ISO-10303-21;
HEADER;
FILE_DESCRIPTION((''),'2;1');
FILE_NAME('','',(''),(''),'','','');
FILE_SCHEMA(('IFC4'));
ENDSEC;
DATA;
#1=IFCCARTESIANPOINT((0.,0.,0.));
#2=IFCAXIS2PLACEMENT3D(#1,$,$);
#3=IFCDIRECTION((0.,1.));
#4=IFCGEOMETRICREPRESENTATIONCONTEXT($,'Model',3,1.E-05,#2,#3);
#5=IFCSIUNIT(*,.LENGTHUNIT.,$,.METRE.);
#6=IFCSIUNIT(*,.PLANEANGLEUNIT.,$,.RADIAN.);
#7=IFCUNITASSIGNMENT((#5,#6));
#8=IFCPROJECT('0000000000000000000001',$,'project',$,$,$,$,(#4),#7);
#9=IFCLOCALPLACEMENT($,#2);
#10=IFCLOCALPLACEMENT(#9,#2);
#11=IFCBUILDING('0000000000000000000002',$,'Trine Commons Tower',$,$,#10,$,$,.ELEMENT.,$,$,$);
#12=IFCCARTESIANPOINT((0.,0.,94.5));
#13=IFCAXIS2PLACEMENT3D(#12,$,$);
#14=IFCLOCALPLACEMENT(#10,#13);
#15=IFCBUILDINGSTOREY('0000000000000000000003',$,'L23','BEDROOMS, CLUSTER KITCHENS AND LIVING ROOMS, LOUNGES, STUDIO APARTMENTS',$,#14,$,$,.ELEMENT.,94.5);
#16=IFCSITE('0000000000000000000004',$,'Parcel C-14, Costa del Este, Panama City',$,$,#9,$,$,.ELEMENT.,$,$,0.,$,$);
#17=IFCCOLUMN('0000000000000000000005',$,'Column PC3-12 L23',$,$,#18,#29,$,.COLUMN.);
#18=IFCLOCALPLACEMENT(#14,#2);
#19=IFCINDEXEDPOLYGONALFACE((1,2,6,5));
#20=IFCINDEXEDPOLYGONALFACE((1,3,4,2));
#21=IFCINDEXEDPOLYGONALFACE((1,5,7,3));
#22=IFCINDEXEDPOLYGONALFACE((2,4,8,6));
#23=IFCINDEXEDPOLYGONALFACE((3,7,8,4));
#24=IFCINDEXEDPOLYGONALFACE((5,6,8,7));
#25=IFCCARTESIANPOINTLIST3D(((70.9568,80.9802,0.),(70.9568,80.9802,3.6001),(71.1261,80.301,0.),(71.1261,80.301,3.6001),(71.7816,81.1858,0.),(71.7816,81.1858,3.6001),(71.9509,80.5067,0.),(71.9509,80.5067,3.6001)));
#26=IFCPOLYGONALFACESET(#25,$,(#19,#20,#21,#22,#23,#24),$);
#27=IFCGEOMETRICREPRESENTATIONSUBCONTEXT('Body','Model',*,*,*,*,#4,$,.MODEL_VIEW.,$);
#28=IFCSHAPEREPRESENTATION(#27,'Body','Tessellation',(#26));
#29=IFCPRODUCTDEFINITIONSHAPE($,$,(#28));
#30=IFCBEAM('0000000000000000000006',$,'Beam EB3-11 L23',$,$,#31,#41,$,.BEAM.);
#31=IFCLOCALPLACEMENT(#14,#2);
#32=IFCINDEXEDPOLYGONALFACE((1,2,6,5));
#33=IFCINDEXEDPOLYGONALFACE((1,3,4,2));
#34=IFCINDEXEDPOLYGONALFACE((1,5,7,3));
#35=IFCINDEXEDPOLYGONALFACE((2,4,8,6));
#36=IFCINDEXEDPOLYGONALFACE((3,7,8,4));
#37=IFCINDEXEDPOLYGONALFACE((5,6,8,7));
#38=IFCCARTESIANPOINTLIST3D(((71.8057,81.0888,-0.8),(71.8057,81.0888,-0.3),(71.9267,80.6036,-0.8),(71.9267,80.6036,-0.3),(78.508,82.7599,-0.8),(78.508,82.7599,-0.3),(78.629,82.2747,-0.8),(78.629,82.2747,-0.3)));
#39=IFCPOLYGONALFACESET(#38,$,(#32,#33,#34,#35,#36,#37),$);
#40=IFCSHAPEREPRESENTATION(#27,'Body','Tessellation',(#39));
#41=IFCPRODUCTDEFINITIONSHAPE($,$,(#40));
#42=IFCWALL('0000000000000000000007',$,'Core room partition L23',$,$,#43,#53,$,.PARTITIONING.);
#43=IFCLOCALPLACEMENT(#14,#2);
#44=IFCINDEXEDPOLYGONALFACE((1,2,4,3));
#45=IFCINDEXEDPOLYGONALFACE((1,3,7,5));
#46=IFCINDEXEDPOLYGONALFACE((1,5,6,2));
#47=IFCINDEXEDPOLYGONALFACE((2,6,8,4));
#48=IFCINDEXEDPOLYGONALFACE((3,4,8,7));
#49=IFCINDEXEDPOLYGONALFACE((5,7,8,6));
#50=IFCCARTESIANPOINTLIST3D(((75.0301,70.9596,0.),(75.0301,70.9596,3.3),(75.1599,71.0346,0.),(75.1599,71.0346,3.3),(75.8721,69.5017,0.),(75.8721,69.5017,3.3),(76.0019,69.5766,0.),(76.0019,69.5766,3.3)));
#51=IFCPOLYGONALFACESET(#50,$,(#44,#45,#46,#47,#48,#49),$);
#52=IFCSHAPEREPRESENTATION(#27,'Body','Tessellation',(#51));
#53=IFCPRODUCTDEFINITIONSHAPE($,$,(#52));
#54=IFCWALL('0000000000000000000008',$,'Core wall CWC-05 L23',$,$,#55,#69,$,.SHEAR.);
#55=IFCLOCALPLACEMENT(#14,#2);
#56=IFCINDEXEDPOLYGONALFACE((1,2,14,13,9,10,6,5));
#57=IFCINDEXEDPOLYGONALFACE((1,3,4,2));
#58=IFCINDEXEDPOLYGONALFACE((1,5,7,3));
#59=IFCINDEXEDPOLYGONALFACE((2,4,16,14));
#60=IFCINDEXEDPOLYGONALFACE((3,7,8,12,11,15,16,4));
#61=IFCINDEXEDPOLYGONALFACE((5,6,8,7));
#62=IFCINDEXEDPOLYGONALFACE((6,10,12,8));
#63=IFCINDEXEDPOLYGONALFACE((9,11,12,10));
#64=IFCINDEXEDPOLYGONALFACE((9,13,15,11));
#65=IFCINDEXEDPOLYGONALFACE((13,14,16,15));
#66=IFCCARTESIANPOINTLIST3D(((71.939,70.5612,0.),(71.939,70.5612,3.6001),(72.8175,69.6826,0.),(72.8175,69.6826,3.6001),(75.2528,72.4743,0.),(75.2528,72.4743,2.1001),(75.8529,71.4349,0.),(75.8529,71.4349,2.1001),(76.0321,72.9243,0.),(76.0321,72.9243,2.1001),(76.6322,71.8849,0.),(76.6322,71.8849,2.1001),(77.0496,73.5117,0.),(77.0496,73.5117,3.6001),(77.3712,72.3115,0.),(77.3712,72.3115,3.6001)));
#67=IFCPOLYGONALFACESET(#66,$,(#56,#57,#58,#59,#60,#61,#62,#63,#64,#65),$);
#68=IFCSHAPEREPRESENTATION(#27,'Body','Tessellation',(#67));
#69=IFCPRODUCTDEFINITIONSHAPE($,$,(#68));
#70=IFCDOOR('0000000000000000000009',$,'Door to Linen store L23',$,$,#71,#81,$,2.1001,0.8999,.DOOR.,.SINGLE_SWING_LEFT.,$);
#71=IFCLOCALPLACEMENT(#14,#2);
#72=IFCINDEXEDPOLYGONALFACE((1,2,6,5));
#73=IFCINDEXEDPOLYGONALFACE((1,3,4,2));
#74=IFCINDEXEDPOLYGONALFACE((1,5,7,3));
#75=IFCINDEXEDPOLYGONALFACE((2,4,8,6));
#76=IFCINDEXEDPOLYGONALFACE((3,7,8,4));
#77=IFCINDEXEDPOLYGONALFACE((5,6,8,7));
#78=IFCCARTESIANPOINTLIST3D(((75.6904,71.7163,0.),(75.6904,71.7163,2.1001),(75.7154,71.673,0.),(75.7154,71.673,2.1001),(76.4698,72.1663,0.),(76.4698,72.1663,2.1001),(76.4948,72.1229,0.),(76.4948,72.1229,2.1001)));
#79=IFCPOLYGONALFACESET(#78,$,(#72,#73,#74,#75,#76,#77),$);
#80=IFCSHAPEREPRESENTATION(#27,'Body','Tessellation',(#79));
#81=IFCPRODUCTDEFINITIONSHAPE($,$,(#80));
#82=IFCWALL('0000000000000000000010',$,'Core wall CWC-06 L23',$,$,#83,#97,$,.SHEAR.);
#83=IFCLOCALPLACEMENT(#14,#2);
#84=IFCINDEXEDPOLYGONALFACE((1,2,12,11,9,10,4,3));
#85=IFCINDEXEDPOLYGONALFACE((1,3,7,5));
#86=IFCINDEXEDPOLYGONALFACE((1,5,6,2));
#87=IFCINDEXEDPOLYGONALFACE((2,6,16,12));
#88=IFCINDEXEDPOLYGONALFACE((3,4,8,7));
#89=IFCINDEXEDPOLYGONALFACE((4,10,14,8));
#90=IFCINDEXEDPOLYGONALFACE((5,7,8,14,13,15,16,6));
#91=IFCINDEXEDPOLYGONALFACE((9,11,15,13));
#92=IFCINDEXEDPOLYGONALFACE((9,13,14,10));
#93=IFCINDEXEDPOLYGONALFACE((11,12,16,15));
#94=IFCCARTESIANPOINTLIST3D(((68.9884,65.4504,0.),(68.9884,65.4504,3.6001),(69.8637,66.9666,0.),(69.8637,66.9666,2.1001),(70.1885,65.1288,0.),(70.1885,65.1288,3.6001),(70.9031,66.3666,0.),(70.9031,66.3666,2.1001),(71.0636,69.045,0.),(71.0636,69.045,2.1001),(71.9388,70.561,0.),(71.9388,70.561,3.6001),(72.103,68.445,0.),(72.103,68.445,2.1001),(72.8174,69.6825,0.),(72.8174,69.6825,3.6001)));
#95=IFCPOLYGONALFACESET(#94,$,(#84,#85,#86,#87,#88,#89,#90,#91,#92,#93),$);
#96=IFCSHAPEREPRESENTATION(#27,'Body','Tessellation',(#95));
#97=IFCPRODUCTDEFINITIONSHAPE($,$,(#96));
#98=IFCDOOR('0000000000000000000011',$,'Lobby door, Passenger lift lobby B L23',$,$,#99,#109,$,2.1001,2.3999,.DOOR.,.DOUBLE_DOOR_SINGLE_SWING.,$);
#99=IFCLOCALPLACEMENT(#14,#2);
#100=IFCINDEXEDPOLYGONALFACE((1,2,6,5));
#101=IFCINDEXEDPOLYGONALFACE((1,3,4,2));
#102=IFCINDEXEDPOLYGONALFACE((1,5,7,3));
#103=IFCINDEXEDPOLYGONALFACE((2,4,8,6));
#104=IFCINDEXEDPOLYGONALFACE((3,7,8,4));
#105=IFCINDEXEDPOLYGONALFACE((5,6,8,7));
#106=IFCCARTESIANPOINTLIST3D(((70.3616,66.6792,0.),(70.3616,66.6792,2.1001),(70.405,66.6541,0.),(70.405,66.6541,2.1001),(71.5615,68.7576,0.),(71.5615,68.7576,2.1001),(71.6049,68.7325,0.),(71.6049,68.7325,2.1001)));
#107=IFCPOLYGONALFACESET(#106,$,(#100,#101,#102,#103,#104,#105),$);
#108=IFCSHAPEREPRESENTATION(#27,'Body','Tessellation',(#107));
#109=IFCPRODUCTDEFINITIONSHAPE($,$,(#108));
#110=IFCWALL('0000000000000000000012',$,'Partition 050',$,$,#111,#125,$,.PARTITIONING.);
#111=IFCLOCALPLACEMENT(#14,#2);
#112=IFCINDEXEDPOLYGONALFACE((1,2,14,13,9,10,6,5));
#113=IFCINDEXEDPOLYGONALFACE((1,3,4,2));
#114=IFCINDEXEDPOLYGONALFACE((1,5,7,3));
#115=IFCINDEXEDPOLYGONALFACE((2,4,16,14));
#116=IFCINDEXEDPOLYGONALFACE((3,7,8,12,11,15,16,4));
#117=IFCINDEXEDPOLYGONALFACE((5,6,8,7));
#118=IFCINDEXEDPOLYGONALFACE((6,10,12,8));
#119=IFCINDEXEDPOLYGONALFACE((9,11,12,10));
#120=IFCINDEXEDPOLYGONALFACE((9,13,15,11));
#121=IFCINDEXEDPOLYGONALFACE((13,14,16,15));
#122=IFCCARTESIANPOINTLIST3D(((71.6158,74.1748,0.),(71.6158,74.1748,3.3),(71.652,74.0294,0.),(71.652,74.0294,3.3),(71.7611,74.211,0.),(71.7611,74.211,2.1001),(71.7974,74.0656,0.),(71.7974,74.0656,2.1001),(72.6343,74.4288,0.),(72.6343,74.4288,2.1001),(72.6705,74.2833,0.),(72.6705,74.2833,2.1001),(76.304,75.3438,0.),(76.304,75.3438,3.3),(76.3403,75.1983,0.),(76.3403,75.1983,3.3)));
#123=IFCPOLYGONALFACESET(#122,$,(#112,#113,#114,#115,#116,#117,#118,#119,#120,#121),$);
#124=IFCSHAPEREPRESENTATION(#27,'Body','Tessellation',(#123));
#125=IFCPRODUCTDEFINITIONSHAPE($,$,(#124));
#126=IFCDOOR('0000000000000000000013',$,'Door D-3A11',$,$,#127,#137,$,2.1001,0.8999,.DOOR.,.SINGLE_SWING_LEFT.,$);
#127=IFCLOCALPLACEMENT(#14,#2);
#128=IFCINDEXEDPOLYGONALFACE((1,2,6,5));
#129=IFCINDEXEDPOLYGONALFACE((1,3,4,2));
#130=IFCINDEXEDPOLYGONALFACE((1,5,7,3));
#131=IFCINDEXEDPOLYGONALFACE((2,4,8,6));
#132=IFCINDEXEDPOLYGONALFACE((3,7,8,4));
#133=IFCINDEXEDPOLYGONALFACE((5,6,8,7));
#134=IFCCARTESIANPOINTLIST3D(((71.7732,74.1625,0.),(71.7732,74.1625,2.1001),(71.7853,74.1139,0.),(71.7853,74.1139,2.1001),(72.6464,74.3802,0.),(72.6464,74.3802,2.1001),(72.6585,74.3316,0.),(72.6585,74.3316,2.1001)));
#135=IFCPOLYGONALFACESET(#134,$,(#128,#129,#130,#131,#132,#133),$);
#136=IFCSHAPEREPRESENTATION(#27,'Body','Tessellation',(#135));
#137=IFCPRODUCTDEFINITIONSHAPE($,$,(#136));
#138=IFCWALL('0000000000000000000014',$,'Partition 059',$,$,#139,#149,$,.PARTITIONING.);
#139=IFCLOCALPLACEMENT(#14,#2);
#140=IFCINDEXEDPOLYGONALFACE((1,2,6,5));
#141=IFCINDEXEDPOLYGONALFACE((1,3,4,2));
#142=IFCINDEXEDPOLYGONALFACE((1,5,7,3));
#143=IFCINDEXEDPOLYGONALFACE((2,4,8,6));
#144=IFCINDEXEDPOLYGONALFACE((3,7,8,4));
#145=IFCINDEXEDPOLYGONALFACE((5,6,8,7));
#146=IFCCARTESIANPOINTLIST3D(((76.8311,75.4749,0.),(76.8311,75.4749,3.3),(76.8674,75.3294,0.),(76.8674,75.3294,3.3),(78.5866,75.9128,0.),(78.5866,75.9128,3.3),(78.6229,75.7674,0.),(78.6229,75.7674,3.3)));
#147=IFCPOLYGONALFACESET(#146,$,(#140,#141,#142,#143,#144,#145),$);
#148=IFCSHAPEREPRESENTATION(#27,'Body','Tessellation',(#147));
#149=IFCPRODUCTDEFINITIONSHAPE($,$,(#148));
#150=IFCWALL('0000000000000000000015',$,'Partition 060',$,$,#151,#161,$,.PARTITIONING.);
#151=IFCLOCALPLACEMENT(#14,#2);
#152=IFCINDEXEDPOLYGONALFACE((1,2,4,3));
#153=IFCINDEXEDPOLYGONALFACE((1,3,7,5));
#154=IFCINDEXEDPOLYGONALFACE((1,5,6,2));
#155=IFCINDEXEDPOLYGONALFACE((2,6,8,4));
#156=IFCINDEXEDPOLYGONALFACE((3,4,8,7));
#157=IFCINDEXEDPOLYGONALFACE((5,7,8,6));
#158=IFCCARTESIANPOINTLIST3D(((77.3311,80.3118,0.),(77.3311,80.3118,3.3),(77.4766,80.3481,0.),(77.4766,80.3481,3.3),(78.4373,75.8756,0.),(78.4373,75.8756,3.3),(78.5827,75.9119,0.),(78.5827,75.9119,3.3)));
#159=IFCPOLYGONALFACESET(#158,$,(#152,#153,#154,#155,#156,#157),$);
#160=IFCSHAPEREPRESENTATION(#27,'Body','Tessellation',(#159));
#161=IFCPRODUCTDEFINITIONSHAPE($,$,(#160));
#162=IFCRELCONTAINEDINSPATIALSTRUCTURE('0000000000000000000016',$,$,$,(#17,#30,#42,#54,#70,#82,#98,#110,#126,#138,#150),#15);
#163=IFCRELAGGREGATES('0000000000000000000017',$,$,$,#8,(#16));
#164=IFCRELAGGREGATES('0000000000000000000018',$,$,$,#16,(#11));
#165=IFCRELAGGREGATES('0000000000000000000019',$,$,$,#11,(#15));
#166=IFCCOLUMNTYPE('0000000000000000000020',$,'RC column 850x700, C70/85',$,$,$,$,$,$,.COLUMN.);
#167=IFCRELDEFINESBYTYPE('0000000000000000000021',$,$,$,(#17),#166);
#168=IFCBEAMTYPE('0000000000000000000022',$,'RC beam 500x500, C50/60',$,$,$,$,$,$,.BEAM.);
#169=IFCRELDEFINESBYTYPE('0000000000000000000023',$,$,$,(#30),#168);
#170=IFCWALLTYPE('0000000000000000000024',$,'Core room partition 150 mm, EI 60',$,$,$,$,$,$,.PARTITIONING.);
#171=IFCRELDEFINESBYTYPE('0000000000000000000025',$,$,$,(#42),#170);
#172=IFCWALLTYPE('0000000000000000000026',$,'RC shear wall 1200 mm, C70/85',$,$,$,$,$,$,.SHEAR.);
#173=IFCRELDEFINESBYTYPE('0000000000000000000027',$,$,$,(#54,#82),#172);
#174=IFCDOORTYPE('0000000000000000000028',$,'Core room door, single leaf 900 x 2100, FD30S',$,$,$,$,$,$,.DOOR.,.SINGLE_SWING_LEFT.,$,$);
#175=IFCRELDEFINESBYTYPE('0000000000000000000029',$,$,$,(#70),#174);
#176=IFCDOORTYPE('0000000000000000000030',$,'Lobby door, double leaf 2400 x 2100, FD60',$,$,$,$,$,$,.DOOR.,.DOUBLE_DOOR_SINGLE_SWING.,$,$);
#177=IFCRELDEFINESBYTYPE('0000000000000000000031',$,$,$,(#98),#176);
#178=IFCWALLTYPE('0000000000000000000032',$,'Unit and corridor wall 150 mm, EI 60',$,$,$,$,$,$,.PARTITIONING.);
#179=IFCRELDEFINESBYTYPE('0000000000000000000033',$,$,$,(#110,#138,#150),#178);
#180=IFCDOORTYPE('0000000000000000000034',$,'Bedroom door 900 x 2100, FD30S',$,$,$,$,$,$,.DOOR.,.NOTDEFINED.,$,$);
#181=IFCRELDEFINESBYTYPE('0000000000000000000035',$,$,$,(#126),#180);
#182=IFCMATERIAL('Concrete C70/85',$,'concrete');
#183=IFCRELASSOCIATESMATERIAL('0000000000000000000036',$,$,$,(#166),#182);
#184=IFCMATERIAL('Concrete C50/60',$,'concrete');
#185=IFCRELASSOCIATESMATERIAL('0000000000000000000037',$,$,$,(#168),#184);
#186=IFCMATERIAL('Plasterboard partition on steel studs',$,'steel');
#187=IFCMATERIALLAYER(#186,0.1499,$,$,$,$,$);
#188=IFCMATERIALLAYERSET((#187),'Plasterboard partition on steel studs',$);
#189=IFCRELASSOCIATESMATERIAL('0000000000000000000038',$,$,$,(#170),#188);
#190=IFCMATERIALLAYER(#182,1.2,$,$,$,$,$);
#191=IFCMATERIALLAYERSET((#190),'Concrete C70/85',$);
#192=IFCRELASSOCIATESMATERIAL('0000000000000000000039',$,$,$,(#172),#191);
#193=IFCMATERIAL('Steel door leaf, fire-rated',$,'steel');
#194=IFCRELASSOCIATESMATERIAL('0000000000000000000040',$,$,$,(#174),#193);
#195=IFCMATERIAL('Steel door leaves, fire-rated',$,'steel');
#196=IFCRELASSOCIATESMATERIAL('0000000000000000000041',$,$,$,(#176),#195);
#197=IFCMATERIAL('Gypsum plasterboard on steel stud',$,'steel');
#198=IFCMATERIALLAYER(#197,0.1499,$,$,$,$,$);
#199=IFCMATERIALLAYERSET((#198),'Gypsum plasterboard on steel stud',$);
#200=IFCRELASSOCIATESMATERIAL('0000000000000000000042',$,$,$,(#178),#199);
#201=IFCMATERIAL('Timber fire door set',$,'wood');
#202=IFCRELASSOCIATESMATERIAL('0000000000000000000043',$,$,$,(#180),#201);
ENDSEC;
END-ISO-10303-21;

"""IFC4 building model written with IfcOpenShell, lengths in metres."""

from ifc_helpers import new_model, si_unit, direction, frame, frame_2d, origin, origin_2d, place, context, subcontext, project, spatial, polyline, rectangle, outline, extrude, material, layer, layer_set, material_profile, profile_set, type_object, element, fill, save


model = new_model("IFC4")

# Units and contexts
model_context = context("Model", 3, precision=1e-05, world=origin(), true_north=direction((0.0, 1.0)))
body_context = subcontext(model_context, "Body", "Model", "MODEL_VIEW")
ifc_project = project(units=[si_unit("LENGTHUNIT", "METRE"), si_unit("PLANEANGLEUNIT", "RADIAN")], contexts=[model_context])

# Site, building, storey
site_placement = place(None, origin())
site = spatial("IfcSite", under=ifc_project, at=site_placement, Name="Parcel C-14, Costa del Este, Panama City", CompositionType="ELEMENT", RefElevation=0.0)
building_placement = place(site_placement, origin())
building = spatial("IfcBuilding", under=site, at=building_placement, Name="Trine Commons Tower", CompositionType="ELEMENT")
storey_placement = place(building_placement, frame((0.0, 0.0, 94.5)))
storey = spatial("IfcBuildingStorey", under=building, at=storey_placement, Name="L23", Description="BEDROOMS, CLUSTER KITCHENS AND LIVING ROOMS, LOUNGES, STUDIO APARTMENTS", CompositionType="ELEMENT", Elevation=94.5)

# Column
ifc_material_1 = material(Name="Concrete C70/85", Category="concrete")
ifc_material_profile_1 = material_profile(ifc_material_1, rectangle(XDim=0.8501, YDim=0.7, at=origin_2d()), Name="RC 850x700")
ifc_profile_set_1 = profile_set([ifc_material_profile_1], Name="Concrete C70/85")
column_type = type_object("IfcColumnType", Name="RC column 850x700, C70/85", PredefinedType="COLUMN", material=ifc_profile_set_1)
column_placement = place(storey_placement, frame((71.4539, 80.7434, 0.0), z_axis=(0.0, 0.0, 1.0), x_axis=(0.970296, 0.241922, 0.0)))
element("IfcColumn", 1, at=column_placement, inside=storey, type_object=column_type, Name="Column PC3-12 L23", PredefinedType="COLUMN", context=body_context, shape_type="SweptSolid", body=[
    extrude(rectangle(XDim=0.8501, YDim=0.7, at=origin_2d()), origin(), (0.0, 0.0, 1.0), 3.6001),
])

# Beam
ifc_material_2 = material(Name="Concrete C50/60", Category="concrete")
ifc_material_profile_2 = material_profile(ifc_material_2, rectangle(XDim=0.5, YDim=0.5, at=origin_2d()), Name="RC 500x500")
ifc_profile_set_2 = profile_set([ifc_material_profile_2], Name="Concrete C50/60")
beam_type = type_object("IfcBeamType", Name="RC beam 500x500, C50/60", PredefinedType="BEAM", material=ifc_profile_set_2)
beam_placement = place(storey_placement, frame((71.8662, 80.8462, -0.55), z_axis=(0.970294, 0.241928, 0.0), x_axis=(-0.241928, 0.970294, 0.0)))
element("IfcBeam", 2, at=beam_placement, inside=storey, type_object=beam_type, Name="Beam EB3-11 L23", PredefinedType="BEAM", context=body_context, shape_type="SweptSolid", body=[
    extrude(rectangle(XDim=0.5, YDim=0.5, at=origin_2d()), origin(), (0.0, 0.0, 1.0), 6.9075),
])

# Wall
ifc_material_3 = material(Name="Plasterboard partition on steel studs", Category="steel")
ifc_layer_1 = layer(ifc_material_3, 0.1499)
ifc_layer_set_1 = layer_set([ifc_layer_1], Name="Plasterboard partition on steel studs")
wall_type_1 = type_object("IfcWallType", Name="Core room partition 150 mm, EI 60", PredefinedType="PARTITIONING", material=ifc_layer_set_1)
wall_1_placement = place(storey_placement, frame((75.095, 70.9971, 0.0), z_axis=(0.0, 0.0, 1.0), x_axis=(0.500116, -0.865959, 0.0)))
element("IfcWall", 3, at=wall_1_placement, inside=storey, type_object=wall_type_1, Name="Core room partition L23", PredefinedType="PARTITIONING", context=body_context, shape_type="SweptSolid", body=[
    extrude(rectangle(XDim=1.6836, YDim=0.1499, at=frame_2d((0.8418, 0.0))), origin(), (0.0, 0.0, 1.0), 3.3),
])

# Walls, openings, doors
ifc_layer_2 = layer(ifc_material_1, 1.2)
ifc_layer_set_2 = layer_set([ifc_layer_2], Name="Concrete C70/85")
wall_type_2 = type_object("IfcWallType", Name="RC shear wall 1200 mm, C70/85", PredefinedType="SHEAR", material=ifc_layer_set_2)
wall_2_placement = place(storey_placement, frame((77.3496, 72.9919, 0.0), z_axis=(0.0, 0.0, 1.0), x_axis=(-0.866037, -0.499979, 0.0)))
wall_2 = element("IfcWall", 4, at=wall_2_placement, inside=storey, type_object=wall_type_2, Name="Core wall CWC-05 L23", PredefinedType="SHEAR", context=body_context, shape_type="SweptSolid", body=[
    extrude(outline(polyline([(0.0, -0.6001), (5.9011, -0.6001), (5.5796, 0.6001), (0.3215, 0.6001), (0.0, -0.6001)])), origin(), (0.0, 0.0, 1.0), 3.6001),
])
opening_1_placement = place(wall_2_placement, frame((1.1748, 0.0, 0.0)))
opening_1 = element("IfcOpeningElement", 5, at=opening_1_placement, cuts=wall_2, PredefinedType="OPENING", context=body_context, shape_type="SweptSolid", body=[
    extrude(rectangle(XDim=0.8999, YDim=2.1001, at=frame_2d((0.45, 1.05))), frame((0.0, 0.6099, 0.0), z_axis=(0.0, -1.0, 0.0), x_axis=(1.0, 0.0, 0.0)), (0.0, 0.0, 1.0), 1.22),
])
ifc_material_4 = material(Name="Steel door leaf, fire-rated", Category="steel")
door_type_1 = type_object("IfcDoorType", Name="Core room door, single leaf 900 x 2100, FD30S", OperationType="SINGLE_SWING_LEFT", PredefinedType="DOOR", material=ifc_material_4)
door_1_placement = place(opening_1_placement, origin())
door_1 = element("IfcDoor", 6, at=door_1_placement, inside=storey, type_object=door_type_1, Name="Door to Linen store L23", OperationType="SINGLE_SWING_LEFT", OverallHeight=2.1001, OverallWidth=0.8999, PredefinedType="DOOR", context=body_context, shape_type="SweptSolid", body=[
    extrude(rectangle(XDim=0.8999, YDim=2.1001, at=frame_2d((0.45, 1.05))), frame((0.0, 0.3252, 0.0), z_axis=(0.0, -1.0, 0.0), x_axis=(1.0, 0.0, 0.0)), (0.0, 0.0, 1.0), 0.05),
])
fill(opening_1, door_1)
wall_3_placement = place(storey_placement, frame((72.4585, 70.261, 0.0), z_axis=(0.0, 0.0, 1.0), x_axis=(-0.499979, -0.866037, 0.0)))
wall_3 = element("IfcWall", 7, at=wall_3_placement, inside=storey, type_object=wall_type_2, Name="Core wall CWC-06 L23", PredefinedType="SHEAR", context=body_context, shape_type="SweptSolid", body=[
    extrude(outline(polyline([(0.0, -0.6001), (5.9011, -0.6001), (5.5796, 0.6001), (0.3215, 0.6001), (0.0, -0.6001)])), origin(), (0.0, 0.0, 1.0), 3.6001),
])
opening_2_placement = place(wall_3_placement, frame((1.7505, 0.0, 0.0)))
opening_2 = element("IfcOpeningElement", 8, at=opening_2_placement, cuts=wall_3, PredefinedType="OPENING", context=body_context, shape_type="SweptSolid", body=[
    extrude(rectangle(XDim=2.3999, YDim=2.1001, at=frame_2d((1.2, 1.05))), frame((0.0, 0.6099, 0.0), z_axis=(0.0, -1.0, 0.0), x_axis=(1.0, 0.0, 0.0)), (0.0, 0.0, 1.0), 1.22),
])
ifc_material_5 = material(Name="Steel door leaves, fire-rated", Category="steel")
door_type_2 = type_object("IfcDoorType", Name="Lobby door, double leaf 2400 x 2100, FD60", OperationType="DOUBLE_DOOR_SINGLE_SWING", PredefinedType="DOOR", material=ifc_material_5)
door_2_placement = place(opening_2_placement, origin())
door_2 = element("IfcDoor", 9, at=door_2_placement, inside=storey, type_object=door_type_2, Name="Lobby door, Passenger lift lobby B L23", OperationType="DOUBLE_DOOR_SINGLE_SWING", OverallHeight=2.1001, OverallWidth=2.3999, PredefinedType="DOOR", context=body_context, shape_type="SweptSolid", body=[
    extrude(rectangle(XDim=2.3999, YDim=2.1001, at=frame_2d((1.2, 1.05))), frame((0.0, 0.0249, 0.0), z_axis=(0.0, -1.0, 0.0), x_axis=(1.0, 0.0, 0.0)), (0.0, 0.0, 1.0), 0.05),
])
fill(opening_2, door_2)
ifc_material_6 = material(Name="Gypsum plasterboard on steel stud", Category="steel")
ifc_layer_3 = layer(ifc_material_6, 0.1499)
ifc_layer_set_3 = layer_set([ifc_layer_3], Name="Gypsum plasterboard on steel stud")
wall_type_3 = type_object("IfcWallType", Name="Unit and corridor wall 150 mm, EI 60", PredefinedType="PARTITIONING", material=ifc_layer_set_3)
wall_4_placement = place(storey_placement, frame((71.6338, 74.1021, 0.0), z_axis=(0.0, 0.0, 1.0), x_axis=(0.970294, 0.241929, 0.0)))
wall_4 = element("IfcWall", 10, at=wall_4_placement, inside=storey, type_object=wall_type_3, Name="Partition 050", PredefinedType="PARTITIONING", context=body_context, shape_type="SweptSolid", body=[
    extrude(rectangle(XDim=4.8318, YDim=0.1499, at=frame_2d((2.416, 0.0))), origin(), (0.0, 0.0, 1.0), 3.3),
])
opening_3_placement = place(wall_4_placement, frame((0.1499, 0.0, 0.0)))
opening_3 = element("IfcOpeningElement", 11, at=opening_3_placement, cuts=wall_4, PredefinedType="OPENING", context=body_context, shape_type="SweptSolid", body=[
    extrude(rectangle(XDim=0.8999, YDim=2.1001, at=frame_2d((0.45, 1.05))), frame((0.0, 0.085, 0.0), z_axis=(0.0, -1.0, 0.0), x_axis=(1.0, 0.0, 0.0)), (0.0, 0.0, 1.0), 0.1699),
])
ifc_material_7 = material(Name="Timber fire door set", Category="wood")
door_type_3 = type_object("IfcDoorType", Name="Bedroom door 900 x 2100, FD30S", OperationType="NOTDEFINED", PredefinedType="DOOR", material=ifc_material_7)
door_3_placement = place(opening_3_placement, origin())
door_3 = element("IfcDoor", 12, at=door_3_placement, inside=storey, type_object=door_type_3, Name="Door D-3A11", OperationType="SINGLE_SWING_LEFT", OverallHeight=2.1001, OverallWidth=0.8999, PredefinedType="DOOR", context=body_context, shape_type="SweptSolid", body=[
    extrude(rectangle(XDim=0.8999, YDim=2.1001, at=frame_2d((0.45, 1.05))), frame((0.0, 0.0249, 0.0), z_axis=(0.0, -1.0, 0.0), x_axis=(1.0, 0.0, 0.0)), (0.0, 0.0, 1.0), 0.05),
])
fill(opening_3, door_3)

# Walls
wall_5_placement = place(storey_placement, frame((76.8491, 75.4021, 0.0), z_axis=(0.0, 0.0, 1.0), x_axis=(0.970261, 0.242059, 0.0)))
element("IfcWall", 13, at=wall_5_placement, inside=storey, type_object=wall_type_3, Name="Partition 059", PredefinedType="PARTITIONING", context=body_context, shape_type="SweptSolid", body=[
    extrude(rectangle(XDim=1.8093, YDim=0.1499, at=frame_2d((0.9048, 0.0))), origin(), (0.0, 0.0, 1.0), 3.3),
])
wall_6_placement = place(storey_placement, frame((77.4038, 80.3301, 0.0), z_axis=(0.0, 0.0, 1.0), x_axis=(0.241945, -0.97029, 0.0)))
element("IfcWall", 14, at=wall_6_placement, inside=storey, type_object=wall_type_3, Name="Partition 060", PredefinedType="PARTITIONING", context=body_context, shape_type="SweptSolid", body=[
    extrude(rectangle(XDim=4.572, YDim=0.1499, at=frame_2d((2.2861, 0.0))), origin(), (0.0, 0.0, 1.0), 3.3),
])

save(model, "model.ifc")
